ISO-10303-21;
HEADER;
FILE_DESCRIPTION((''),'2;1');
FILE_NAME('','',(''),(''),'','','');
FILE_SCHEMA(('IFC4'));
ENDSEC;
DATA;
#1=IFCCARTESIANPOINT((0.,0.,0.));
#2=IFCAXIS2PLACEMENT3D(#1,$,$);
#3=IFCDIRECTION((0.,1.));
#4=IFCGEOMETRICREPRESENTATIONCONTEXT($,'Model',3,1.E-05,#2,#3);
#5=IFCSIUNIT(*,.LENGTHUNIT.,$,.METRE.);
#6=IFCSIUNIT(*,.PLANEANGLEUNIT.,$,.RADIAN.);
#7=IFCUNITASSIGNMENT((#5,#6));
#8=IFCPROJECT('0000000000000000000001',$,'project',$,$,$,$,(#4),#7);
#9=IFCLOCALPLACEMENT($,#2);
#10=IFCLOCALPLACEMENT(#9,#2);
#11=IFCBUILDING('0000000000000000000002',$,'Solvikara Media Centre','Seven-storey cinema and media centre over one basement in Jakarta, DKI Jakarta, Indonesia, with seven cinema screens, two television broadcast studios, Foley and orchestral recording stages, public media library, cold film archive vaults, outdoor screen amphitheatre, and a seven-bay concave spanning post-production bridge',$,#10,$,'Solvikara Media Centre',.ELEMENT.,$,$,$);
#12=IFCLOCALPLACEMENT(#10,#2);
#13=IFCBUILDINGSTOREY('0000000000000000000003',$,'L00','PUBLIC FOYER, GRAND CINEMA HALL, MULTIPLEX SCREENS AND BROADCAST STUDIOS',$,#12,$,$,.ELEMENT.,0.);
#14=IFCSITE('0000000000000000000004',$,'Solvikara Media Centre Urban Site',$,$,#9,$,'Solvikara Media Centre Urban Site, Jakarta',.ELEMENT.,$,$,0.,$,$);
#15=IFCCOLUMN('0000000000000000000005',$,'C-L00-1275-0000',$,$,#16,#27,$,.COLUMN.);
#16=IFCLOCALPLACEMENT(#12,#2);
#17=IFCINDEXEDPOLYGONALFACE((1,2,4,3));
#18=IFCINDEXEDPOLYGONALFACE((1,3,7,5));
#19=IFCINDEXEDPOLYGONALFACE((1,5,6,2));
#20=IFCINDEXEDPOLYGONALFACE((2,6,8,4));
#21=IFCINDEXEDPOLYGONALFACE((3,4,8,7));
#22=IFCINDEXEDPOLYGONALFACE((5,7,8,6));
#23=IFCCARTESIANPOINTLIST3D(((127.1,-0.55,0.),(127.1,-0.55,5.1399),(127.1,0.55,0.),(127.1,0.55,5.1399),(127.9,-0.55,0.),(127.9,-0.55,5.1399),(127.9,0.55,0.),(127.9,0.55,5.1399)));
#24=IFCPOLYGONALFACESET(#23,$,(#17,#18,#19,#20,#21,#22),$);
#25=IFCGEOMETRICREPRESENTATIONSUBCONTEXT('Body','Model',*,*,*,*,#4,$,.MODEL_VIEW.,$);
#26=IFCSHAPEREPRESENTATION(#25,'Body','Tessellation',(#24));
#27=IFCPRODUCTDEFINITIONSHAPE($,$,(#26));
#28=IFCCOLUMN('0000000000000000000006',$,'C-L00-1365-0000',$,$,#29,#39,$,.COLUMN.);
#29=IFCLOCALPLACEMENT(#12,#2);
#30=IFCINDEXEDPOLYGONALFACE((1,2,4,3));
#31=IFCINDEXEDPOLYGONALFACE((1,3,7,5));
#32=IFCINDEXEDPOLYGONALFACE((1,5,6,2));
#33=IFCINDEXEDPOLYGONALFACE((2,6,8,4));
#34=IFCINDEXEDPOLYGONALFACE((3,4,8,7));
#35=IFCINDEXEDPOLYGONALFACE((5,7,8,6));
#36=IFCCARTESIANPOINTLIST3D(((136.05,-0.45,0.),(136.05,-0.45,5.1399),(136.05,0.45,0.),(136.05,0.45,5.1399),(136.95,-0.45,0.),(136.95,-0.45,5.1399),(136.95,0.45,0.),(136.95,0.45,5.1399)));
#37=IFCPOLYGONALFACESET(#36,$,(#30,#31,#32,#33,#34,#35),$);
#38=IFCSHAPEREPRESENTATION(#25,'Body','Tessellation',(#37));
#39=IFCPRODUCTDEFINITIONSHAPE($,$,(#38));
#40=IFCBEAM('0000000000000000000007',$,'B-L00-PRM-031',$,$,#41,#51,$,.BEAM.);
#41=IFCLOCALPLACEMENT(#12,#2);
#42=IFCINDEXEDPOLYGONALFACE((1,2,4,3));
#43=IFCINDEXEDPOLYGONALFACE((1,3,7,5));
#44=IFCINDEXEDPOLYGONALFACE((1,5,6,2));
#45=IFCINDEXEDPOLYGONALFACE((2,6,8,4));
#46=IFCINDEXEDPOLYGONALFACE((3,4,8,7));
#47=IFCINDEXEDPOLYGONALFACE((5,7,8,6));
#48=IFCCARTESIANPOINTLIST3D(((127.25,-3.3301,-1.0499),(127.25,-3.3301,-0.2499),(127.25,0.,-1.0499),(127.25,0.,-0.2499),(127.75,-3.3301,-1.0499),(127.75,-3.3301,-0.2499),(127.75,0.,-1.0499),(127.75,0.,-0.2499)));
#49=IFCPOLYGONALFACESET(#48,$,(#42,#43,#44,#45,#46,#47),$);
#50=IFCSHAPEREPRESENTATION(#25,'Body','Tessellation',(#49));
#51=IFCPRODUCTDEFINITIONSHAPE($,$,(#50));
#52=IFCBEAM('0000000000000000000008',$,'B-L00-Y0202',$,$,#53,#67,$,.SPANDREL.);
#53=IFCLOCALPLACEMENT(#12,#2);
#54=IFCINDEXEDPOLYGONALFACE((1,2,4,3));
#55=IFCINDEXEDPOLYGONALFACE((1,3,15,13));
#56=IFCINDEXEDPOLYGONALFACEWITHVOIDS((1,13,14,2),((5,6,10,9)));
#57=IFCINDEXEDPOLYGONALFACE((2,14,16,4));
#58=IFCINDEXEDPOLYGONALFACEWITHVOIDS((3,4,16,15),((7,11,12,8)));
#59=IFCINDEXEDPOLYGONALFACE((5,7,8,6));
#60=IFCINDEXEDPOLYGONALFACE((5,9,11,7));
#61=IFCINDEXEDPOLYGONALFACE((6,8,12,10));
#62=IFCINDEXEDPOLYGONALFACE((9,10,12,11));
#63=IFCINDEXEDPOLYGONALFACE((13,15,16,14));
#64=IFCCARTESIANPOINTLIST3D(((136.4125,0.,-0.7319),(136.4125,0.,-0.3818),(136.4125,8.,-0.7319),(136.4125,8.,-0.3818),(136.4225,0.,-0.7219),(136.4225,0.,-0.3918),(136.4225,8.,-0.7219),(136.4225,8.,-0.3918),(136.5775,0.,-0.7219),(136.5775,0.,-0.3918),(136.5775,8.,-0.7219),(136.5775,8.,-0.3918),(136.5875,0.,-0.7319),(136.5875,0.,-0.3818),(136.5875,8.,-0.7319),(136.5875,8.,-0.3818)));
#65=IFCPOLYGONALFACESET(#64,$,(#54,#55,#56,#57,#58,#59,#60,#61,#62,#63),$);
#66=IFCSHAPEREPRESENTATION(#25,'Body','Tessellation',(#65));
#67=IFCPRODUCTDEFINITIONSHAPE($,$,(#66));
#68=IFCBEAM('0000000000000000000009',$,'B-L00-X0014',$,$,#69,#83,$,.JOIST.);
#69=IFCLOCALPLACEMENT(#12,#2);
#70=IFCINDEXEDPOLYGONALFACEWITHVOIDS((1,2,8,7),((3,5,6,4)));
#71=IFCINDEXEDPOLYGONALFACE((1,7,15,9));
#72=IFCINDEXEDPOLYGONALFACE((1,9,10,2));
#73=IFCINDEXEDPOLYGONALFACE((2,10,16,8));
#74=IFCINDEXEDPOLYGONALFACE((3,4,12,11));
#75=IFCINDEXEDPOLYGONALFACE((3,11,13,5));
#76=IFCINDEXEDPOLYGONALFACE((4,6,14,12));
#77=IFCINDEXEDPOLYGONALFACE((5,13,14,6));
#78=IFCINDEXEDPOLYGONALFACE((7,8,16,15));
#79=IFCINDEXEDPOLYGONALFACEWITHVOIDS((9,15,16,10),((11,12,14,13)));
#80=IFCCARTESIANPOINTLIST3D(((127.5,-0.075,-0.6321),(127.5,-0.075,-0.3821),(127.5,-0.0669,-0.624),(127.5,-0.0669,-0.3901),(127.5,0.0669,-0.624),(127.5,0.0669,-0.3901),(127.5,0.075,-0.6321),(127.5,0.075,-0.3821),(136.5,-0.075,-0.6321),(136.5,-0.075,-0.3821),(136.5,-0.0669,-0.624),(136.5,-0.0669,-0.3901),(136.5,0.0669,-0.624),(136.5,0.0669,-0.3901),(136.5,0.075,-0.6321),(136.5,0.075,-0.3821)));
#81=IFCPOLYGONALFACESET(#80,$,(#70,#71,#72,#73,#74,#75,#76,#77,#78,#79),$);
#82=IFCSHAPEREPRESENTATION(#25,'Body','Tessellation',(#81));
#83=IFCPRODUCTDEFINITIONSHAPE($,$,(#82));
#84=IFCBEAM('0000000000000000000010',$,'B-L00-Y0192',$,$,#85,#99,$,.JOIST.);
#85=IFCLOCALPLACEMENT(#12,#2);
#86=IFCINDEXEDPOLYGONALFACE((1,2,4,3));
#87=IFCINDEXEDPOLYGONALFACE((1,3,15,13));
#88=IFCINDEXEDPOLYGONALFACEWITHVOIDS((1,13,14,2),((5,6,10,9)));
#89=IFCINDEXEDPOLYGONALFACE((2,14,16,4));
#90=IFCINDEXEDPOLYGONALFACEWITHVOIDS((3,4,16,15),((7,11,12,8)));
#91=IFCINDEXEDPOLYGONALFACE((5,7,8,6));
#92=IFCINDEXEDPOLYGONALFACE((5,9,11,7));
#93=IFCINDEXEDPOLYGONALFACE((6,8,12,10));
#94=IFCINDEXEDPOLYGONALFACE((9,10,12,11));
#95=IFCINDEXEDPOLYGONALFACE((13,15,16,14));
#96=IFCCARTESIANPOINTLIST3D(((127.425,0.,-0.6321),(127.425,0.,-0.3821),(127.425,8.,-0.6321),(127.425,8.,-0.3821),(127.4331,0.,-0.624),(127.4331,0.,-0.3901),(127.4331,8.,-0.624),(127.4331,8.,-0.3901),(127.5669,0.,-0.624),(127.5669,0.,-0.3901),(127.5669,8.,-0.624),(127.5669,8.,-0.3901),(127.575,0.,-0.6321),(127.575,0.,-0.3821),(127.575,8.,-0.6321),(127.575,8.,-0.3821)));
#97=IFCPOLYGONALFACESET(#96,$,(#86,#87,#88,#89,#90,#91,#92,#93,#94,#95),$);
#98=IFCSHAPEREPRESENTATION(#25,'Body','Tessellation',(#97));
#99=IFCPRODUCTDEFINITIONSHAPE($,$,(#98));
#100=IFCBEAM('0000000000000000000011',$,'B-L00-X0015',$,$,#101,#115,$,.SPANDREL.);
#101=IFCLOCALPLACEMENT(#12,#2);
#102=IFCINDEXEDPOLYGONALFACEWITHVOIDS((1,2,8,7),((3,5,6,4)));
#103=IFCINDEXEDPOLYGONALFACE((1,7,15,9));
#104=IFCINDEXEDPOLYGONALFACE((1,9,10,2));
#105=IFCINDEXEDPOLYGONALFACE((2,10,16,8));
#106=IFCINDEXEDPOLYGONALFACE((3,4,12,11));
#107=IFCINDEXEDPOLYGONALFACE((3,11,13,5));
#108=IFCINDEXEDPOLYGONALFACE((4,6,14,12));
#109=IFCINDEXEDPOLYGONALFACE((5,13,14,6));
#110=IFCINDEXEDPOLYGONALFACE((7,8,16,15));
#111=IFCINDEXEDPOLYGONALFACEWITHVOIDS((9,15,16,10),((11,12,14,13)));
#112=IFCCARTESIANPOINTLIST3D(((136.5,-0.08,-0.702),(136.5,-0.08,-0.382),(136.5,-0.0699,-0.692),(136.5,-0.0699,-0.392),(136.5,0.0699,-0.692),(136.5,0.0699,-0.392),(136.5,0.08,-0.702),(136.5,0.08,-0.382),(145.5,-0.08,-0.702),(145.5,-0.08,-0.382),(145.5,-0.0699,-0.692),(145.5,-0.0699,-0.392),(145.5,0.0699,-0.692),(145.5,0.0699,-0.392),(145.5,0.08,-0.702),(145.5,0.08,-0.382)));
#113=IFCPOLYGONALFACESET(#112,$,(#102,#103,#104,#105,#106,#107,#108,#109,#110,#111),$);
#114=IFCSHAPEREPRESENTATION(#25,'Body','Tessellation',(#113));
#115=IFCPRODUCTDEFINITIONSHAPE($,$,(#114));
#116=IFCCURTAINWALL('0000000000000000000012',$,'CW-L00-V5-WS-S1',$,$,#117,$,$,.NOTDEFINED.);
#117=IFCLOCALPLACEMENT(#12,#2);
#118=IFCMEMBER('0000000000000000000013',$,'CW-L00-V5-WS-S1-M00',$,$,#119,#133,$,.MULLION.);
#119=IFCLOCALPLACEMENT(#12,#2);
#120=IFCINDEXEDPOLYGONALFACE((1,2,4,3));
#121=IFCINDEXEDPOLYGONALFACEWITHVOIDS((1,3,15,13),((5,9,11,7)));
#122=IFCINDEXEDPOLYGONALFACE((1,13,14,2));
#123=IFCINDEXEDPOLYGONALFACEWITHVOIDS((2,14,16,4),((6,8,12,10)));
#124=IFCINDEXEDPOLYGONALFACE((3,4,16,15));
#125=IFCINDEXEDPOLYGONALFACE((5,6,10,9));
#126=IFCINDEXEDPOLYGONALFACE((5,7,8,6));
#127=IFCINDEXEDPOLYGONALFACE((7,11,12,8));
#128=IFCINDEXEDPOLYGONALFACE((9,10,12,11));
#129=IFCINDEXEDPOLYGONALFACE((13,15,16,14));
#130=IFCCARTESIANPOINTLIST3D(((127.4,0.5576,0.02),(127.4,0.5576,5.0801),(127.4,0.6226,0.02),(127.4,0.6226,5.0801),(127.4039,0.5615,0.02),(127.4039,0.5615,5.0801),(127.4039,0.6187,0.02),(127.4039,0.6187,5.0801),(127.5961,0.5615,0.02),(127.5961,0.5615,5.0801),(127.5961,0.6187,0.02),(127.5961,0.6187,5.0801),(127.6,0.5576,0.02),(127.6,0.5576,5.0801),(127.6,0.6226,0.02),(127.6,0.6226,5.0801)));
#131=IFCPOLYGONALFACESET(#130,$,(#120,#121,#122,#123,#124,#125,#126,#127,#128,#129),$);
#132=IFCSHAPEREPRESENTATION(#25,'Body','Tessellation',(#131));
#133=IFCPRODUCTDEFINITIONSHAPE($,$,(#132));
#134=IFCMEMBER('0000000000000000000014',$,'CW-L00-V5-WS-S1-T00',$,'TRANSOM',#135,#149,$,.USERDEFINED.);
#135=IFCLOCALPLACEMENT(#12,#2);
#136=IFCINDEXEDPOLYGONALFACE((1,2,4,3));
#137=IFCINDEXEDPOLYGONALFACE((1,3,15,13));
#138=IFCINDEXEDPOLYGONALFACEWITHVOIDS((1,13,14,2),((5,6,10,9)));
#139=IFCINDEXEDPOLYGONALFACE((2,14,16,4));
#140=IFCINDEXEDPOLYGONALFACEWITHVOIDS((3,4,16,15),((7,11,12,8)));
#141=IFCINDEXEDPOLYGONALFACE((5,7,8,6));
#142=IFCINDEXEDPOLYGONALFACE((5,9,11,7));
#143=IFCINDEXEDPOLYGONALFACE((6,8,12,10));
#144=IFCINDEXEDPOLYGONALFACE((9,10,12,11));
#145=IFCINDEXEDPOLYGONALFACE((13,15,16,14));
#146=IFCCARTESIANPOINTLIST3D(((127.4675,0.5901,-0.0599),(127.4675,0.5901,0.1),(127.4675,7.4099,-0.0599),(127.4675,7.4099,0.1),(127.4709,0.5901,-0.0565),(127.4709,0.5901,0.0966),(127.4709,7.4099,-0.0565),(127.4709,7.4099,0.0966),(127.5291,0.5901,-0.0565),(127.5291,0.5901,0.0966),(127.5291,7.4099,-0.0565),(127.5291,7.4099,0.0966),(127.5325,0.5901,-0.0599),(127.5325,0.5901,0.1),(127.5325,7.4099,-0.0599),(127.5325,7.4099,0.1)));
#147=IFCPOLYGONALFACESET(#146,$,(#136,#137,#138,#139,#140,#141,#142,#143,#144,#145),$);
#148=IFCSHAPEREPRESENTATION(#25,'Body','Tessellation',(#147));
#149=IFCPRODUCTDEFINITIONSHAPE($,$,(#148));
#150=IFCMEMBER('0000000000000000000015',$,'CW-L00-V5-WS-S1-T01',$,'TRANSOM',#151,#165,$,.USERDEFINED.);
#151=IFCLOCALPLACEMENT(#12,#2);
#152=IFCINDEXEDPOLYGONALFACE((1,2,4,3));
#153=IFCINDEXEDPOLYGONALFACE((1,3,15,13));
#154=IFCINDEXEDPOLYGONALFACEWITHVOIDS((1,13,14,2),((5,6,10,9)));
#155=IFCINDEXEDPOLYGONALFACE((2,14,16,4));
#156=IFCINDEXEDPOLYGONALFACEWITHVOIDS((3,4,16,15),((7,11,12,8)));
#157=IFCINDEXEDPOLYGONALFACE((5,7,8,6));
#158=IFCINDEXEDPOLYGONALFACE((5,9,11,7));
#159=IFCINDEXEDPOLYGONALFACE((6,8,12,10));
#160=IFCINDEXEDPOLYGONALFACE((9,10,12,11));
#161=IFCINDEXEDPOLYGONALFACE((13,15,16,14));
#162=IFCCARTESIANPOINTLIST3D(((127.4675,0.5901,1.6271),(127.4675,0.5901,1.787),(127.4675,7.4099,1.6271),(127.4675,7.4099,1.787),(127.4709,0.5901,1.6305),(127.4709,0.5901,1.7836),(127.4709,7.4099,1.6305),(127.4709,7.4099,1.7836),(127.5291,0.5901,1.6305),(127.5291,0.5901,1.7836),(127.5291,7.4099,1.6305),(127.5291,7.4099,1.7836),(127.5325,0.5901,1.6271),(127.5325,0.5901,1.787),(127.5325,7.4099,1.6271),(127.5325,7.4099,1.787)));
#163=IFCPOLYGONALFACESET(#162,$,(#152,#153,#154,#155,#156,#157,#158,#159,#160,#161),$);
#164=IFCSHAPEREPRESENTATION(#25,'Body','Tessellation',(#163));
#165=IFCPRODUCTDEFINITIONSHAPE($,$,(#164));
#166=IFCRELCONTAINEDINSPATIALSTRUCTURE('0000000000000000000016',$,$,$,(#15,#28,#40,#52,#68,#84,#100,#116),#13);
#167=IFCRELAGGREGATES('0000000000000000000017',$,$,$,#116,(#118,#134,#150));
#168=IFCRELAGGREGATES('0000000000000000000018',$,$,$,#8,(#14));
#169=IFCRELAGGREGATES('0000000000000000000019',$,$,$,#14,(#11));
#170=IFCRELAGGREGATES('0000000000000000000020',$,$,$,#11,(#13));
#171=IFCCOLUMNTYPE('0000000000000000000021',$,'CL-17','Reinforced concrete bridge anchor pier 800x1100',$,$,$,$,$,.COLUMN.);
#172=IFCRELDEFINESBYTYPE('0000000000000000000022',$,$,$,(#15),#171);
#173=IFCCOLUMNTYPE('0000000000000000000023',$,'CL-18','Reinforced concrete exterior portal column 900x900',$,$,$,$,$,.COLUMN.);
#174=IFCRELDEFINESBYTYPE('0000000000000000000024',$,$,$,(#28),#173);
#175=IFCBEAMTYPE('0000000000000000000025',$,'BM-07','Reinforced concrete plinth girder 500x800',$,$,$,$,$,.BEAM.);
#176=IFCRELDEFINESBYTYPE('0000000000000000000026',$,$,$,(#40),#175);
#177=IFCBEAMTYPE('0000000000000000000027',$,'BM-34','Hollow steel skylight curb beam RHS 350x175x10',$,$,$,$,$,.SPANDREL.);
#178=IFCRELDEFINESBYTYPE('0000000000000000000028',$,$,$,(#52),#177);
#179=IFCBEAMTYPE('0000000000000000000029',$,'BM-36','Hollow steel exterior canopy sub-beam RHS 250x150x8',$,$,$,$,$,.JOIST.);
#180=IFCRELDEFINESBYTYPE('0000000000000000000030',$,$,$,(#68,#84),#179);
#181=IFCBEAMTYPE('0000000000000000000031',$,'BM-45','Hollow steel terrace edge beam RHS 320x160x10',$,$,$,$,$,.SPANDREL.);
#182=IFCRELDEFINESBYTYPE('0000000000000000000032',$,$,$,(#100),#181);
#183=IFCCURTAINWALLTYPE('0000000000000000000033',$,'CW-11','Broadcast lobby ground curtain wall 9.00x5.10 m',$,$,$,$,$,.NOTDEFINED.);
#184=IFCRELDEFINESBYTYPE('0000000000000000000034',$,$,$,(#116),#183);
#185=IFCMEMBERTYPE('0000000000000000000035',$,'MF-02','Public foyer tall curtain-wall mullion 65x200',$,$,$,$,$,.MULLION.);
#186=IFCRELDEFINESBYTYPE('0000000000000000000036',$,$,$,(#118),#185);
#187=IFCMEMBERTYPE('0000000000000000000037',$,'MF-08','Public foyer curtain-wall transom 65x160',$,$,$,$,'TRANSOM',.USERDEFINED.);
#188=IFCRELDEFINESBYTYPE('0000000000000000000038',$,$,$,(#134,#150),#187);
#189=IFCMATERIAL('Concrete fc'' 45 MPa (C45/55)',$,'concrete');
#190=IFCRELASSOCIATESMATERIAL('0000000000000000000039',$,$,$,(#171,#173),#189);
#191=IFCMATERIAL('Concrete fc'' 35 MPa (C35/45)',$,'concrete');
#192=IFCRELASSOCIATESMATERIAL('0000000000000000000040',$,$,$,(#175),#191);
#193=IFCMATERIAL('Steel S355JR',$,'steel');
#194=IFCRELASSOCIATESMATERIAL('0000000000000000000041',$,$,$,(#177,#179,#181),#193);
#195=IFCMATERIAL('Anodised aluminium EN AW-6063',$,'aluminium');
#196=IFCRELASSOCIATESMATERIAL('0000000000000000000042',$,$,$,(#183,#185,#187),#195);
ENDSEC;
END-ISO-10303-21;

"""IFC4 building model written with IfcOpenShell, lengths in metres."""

from ifc_helpers import new_model, si_unit, direction, frame, origin, origin_2d, place, context, subcontext, project, spatial, rectangle, hollow_rectangle, extrude, material, material_profile, profile_set, type_object, element, aggregate, save


model = new_model("IFC4")

# Units and contexts
model_context = context("Model", 3, precision=1e-05, world=origin(), true_north=direction((0.0, 1.0)))
body_context = subcontext(model_context, "Body", "Model", "MODEL_VIEW")
ifc_project = project(units=[si_unit("LENGTHUNIT", "METRE"), si_unit("PLANEANGLEUNIT", "RADIAN")], contexts=[model_context])

# Site, building, storey
site_placement = place(None, origin())
site = spatial("IfcSite", under=ifc_project, at=site_placement, Name="Solvikara Media Centre Urban Site", LongName="Solvikara Media Centre Urban Site, Jakarta", CompositionType="ELEMENT", RefElevation=0.0)
building_placement = place(site_placement, origin())
building = spatial("IfcBuilding", under=site, at=building_placement, Name="Solvikara Media Centre", Description="Seven-storey cinema and media centre over one basement in Jakarta, DKI Jakarta, Indonesia, with seven cinema screens, two television broadcast studios, Foley and orchestral recording stages, public media library, cold film archive vaults, outdoor screen amphitheatre, and a seven-bay concave spanning post-production bridge", LongName="Solvikara Media Centre", CompositionType="ELEMENT")
storey_placement = place(building_placement, origin())
storey = spatial("IfcBuildingStorey", under=building, at=storey_placement, Name="L00", Description="PUBLIC FOYER, GRAND CINEMA HALL, MULTIPLEX SCREENS AND BROADCAST STUDIOS", CompositionType="ELEMENT", Elevation=0.0)

# Columns
ifc_material_1 = material(Name="Concrete fc' 45 MPa (C45/55)", Category="concrete")
ifc_material_profile_1 = material_profile(ifc_material_1, rectangle(XDim=0.8, YDim=1.1001, at=origin_2d()), Name="RC 800x1100")
ifc_profile_set_1 = profile_set([ifc_material_profile_1], Name="Concrete fc' 45 MPa (C45/55)")
column_type_1 = type_object("IfcColumnType", Name="CL-17", Description="Reinforced concrete bridge anchor pier 800x1100", PredefinedType="COLUMN", material=ifc_profile_set_1)
column_1_placement = place(storey_placement, frame((127.5, 0.0, 0.0), z_axis=(0.0, 0.0, 1.0), x_axis=(1.0, 0.0, 0.0)))
element("IfcColumn", 1, at=column_1_placement, inside=storey, type_object=column_type_1, Name="C-L00-1275-0000", PredefinedType="COLUMN", context=body_context, shape_type="SweptSolid", body=[
    extrude(rectangle(XDim=0.8, YDim=1.1001, at=origin_2d()), origin(), (0.0, 0.0, 1.0), 5.1399),
])
ifc_material_profile_2 = material_profile(ifc_material_1, rectangle(XDim=0.8999, YDim=0.8999, at=origin_2d()), Name="RC 900x900")
ifc_profile_set_2 = profile_set([ifc_material_profile_2], Name="Concrete fc' 45 MPa (C45/55)")
column_type_2 = type_object("IfcColumnType", Name="CL-18", Description="Reinforced concrete exterior portal column 900x900", PredefinedType="COLUMN", material=ifc_profile_set_2)
column_2_placement = place(storey_placement, frame((136.5, 0.0, 0.0), z_axis=(0.0, 0.0, 1.0), x_axis=(1.0, 0.0, 0.0)))
element("IfcColumn", 2, at=column_2_placement, inside=storey, type_object=column_type_2, Name="C-L00-1365-0000", PredefinedType="COLUMN", context=body_context, shape_type="SweptSolid", body=[
    extrude(rectangle(XDim=0.8999, YDim=0.8999, at=origin_2d()), origin(), (0.0, 0.0, 1.0), 5.1399),
])

# Beams
ifc_material_2 = material(Name="Concrete fc' 35 MPa (C35/45)", Category="concrete")
ifc_material_profile_3 = material_profile(ifc_material_2, rectangle(XDim=0.5, YDim=0.8, at=origin_2d()), Name="RC 500x800")
ifc_profile_set_3 = profile_set([ifc_material_profile_3], Name="Concrete fc' 35 MPa (C35/45)")
beam_type_1 = type_object("IfcBeamType", Name="BM-07", Description="Reinforced concrete plinth girder 500x800", PredefinedType="BEAM", material=ifc_profile_set_3)
beam_1_placement = place(storey_placement, frame((127.5, -3.3301, -0.6499), z_axis=(0.0, 1.0, 0.0), x_axis=(-1.0, 0.0, 0.0)))
element("IfcBeam", 3, at=beam_1_placement, inside=storey, type_object=beam_type_1, Name="B-L00-PRM-031", PredefinedType="BEAM", context=body_context, shape_type="SweptSolid", body=[
    extrude(rectangle(XDim=0.5, YDim=0.8, at=origin_2d()), origin(), (0.0, 0.0, 1.0), 3.3301),
])
ifc_material_3 = material(Name="Steel S355JR", Category="steel")
ifc_material_profile_4 = material_profile(ifc_material_3, hollow_rectangle(XDim=0.175, YDim=0.3501, WallThickness=0.01, at=origin_2d()), Name="RHS 350x175x10")
ifc_profile_set_4 = profile_set([ifc_material_profile_4], Name="Steel S355JR")
beam_type_2 = type_object("IfcBeamType", Name="BM-34", Description="Hollow steel skylight curb beam RHS 350x175x10", PredefinedType="SPANDREL", material=ifc_profile_set_4)
beam_2_placement = place(storey_placement, frame((136.5, 0.0, -0.5569), z_axis=(0.0, 1.0, 0.0), x_axis=(-1.0, 0.0, 0.0)))
element("IfcBeam", 4, at=beam_2_placement, inside=storey, type_object=beam_type_2, Name="B-L00-Y0202", PredefinedType="SPANDREL", context=body_context, shape_type="SweptSolid", body=[
    extrude(hollow_rectangle(XDim=0.175, YDim=0.3501, WallThickness=0.01, at=origin_2d()), origin(), (0.0, 0.0, 1.0), 8.0),
])
ifc_material_profile_5 = material_profile(ifc_material_3, hollow_rectangle(XDim=0.1499, YDim=0.25, WallThickness=0.0081, at=origin_2d()), Name="RHS 250x150x8")
ifc_profile_set_5 = profile_set([ifc_material_profile_5], Name="Steel S355JR")
beam_type_3 = type_object("IfcBeamType", Name="BM-36", Description="Hollow steel exterior canopy sub-beam RHS 250x150x8", PredefinedType="JOIST", material=ifc_profile_set_5)
beam_3_placement = place(storey_placement, frame((127.5, 0.0, -0.5071), z_axis=(1.0, 0.0, 0.0), x_axis=(0.0, 1.0, 0.0)))
element("IfcBeam", 5, at=beam_3_placement, inside=storey, type_object=beam_type_3, Name="B-L00-X0014", PredefinedType="JOIST", context=body_context, shape_type="SweptSolid", body=[
    extrude(hollow_rectangle(XDim=0.1499, YDim=0.25, WallThickness=0.0081, at=origin_2d()), origin(), (0.0, 0.0, 1.0), 9.0),
])
beam_4_placement = place(storey_placement, frame((127.5, 0.0, -0.5071), z_axis=(0.0, 1.0, 0.0), x_axis=(-1.0, 0.0, 0.0)))
element("IfcBeam", 6, at=beam_4_placement, inside=storey, type_object=beam_type_3, Name="B-L00-Y0192", PredefinedType="JOIST", context=body_context, shape_type="SweptSolid", body=[
    extrude(hollow_rectangle(XDim=0.1499, YDim=0.25, WallThickness=0.0081, at=origin_2d()), origin(), (0.0, 0.0, 1.0), 8.0),
])
ifc_material_profile_6 = material_profile(ifc_material_3, hollow_rectangle(XDim=0.1599, YDim=0.3201, WallThickness=0.01, at=origin_2d()), Name="RHS 320x160x10")
ifc_profile_set_6 = profile_set([ifc_material_profile_6], Name="Steel S355JR")
beam_type_4 = type_object("IfcBeamType", Name="BM-45", Description="Hollow steel terrace edge beam RHS 320x160x10", PredefinedType="SPANDREL", material=ifc_profile_set_6)
beam_5_placement = place(storey_placement, frame((136.5, 0.0, -0.542), z_axis=(1.0, 0.0, 0.0), x_axis=(0.0, 1.0, 0.0)))
element("IfcBeam", 7, at=beam_5_placement, inside=storey, type_object=beam_type_4, Name="B-L00-X0015", PredefinedType="SPANDREL", context=body_context, shape_type="SweptSolid", body=[
    extrude(hollow_rectangle(XDim=0.1599, YDim=0.3201, WallThickness=0.01, at=origin_2d()), origin(), (0.0, 0.0, 1.0), 9.0),
])

# Curtain wall, members
ifc_material_4 = material(Name="Anodised aluminium EN AW-6063", Category="aluminium")
curtain_wall_type = type_object("IfcCurtainWallType", Name="CW-11", Description="Broadcast lobby ground curtain wall 9.00x5.10 m", PredefinedType="NOTDEFINED", material=ifc_material_4)
curtain_wall_placement = place(storey_placement, origin())
curtain_wall = element("IfcCurtainWall", 8, at=curtain_wall_placement, inside=storey, type_object=curtain_wall_type, Name="CW-L00-V5-WS-S1", PredefinedType="NOTDEFINED")
ifc_material_profile_7 = material_profile(ifc_material_4, hollow_rectangle(XDim=0.0649, YDim=0.2, WallThickness=0.0039, at=origin_2d()), Name="ALU-M 65x200x4")
ifc_profile_set_7 = profile_set([ifc_material_profile_7], Name="Anodised aluminium EN AW-6063")
member_type_1 = type_object("IfcMemberType", Name="MF-02", Description="Public foyer tall curtain-wall mullion 65x200", PredefinedType="MULLION", material=ifc_profile_set_7)
member_1_placement = place(storey_placement, frame((127.5, 0.5901, 0.02), z_axis=(0.0, 0.0, 1.0), x_axis=(0.0, 1.0, 0.0)))
member_1 = element("IfcMember", 9, at=member_1_placement, type_object=member_type_1, Name="CW-L00-V5-WS-S1-M00", PredefinedType="MULLION", context=body_context, shape_type="SweptSolid", body=[
    extrude(hollow_rectangle(XDim=0.0649, YDim=0.2, WallThickness=0.0039, at=origin_2d()), origin(), (0.0, 0.0, 1.0), 5.0601),
])
ifc_material_profile_8 = material_profile(ifc_material_4, hollow_rectangle(XDim=0.0649, YDim=0.1599, WallThickness=0.0034, at=origin_2d()), Name="ALU-T 65x160x3.5")
ifc_profile_set_8 = profile_set([ifc_material_profile_8], Name="Anodised aluminium EN AW-6063")
member_type_2 = type_object("IfcMemberType", Name="MF-08", Description="Public foyer curtain-wall transom 65x160", ElementType="TRANSOM", PredefinedType="USERDEFINED", material=ifc_profile_set_8)
member_2_placement = place(storey_placement, frame((127.5, 0.5901, 0.02), z_axis=(0.0, 1.0, 0.0), x_axis=(-1.0, 0.0, 0.0)))
member_2 = element("IfcMember", 10, at=member_2_placement, type_object=member_type_2, Name="CW-L00-V5-WS-S1-T00", ObjectType="TRANSOM", PredefinedType="USERDEFINED", context=body_context, shape_type="SweptSolid", body=[
    extrude(hollow_rectangle(XDim=0.0649, YDim=0.1599, WallThickness=0.0034, at=origin_2d()), origin(), (0.0, 0.0, 1.0), 6.8198),
])
member_3_placement = place(storey_placement, frame((127.5, 0.5901, 1.707), z_axis=(0.0, 1.0, 0.0), x_axis=(-1.0, 0.0, 0.0)))
member_3 = element("IfcMember", 11, at=member_3_placement, type_object=member_type_2, Name="CW-L00-V5-WS-S1-T01", ObjectType="TRANSOM", PredefinedType="USERDEFINED", context=body_context, shape_type="SweptSolid", body=[
    extrude(hollow_rectangle(XDim=0.0649, YDim=0.1599, WallThickness=0.0034, at=origin_2d()), origin(), (0.0, 0.0, 1.0), 6.8198),
])
aggregate(curtain_wall, [member_1, member_2, member_3])

save(model, "model.ifc")
